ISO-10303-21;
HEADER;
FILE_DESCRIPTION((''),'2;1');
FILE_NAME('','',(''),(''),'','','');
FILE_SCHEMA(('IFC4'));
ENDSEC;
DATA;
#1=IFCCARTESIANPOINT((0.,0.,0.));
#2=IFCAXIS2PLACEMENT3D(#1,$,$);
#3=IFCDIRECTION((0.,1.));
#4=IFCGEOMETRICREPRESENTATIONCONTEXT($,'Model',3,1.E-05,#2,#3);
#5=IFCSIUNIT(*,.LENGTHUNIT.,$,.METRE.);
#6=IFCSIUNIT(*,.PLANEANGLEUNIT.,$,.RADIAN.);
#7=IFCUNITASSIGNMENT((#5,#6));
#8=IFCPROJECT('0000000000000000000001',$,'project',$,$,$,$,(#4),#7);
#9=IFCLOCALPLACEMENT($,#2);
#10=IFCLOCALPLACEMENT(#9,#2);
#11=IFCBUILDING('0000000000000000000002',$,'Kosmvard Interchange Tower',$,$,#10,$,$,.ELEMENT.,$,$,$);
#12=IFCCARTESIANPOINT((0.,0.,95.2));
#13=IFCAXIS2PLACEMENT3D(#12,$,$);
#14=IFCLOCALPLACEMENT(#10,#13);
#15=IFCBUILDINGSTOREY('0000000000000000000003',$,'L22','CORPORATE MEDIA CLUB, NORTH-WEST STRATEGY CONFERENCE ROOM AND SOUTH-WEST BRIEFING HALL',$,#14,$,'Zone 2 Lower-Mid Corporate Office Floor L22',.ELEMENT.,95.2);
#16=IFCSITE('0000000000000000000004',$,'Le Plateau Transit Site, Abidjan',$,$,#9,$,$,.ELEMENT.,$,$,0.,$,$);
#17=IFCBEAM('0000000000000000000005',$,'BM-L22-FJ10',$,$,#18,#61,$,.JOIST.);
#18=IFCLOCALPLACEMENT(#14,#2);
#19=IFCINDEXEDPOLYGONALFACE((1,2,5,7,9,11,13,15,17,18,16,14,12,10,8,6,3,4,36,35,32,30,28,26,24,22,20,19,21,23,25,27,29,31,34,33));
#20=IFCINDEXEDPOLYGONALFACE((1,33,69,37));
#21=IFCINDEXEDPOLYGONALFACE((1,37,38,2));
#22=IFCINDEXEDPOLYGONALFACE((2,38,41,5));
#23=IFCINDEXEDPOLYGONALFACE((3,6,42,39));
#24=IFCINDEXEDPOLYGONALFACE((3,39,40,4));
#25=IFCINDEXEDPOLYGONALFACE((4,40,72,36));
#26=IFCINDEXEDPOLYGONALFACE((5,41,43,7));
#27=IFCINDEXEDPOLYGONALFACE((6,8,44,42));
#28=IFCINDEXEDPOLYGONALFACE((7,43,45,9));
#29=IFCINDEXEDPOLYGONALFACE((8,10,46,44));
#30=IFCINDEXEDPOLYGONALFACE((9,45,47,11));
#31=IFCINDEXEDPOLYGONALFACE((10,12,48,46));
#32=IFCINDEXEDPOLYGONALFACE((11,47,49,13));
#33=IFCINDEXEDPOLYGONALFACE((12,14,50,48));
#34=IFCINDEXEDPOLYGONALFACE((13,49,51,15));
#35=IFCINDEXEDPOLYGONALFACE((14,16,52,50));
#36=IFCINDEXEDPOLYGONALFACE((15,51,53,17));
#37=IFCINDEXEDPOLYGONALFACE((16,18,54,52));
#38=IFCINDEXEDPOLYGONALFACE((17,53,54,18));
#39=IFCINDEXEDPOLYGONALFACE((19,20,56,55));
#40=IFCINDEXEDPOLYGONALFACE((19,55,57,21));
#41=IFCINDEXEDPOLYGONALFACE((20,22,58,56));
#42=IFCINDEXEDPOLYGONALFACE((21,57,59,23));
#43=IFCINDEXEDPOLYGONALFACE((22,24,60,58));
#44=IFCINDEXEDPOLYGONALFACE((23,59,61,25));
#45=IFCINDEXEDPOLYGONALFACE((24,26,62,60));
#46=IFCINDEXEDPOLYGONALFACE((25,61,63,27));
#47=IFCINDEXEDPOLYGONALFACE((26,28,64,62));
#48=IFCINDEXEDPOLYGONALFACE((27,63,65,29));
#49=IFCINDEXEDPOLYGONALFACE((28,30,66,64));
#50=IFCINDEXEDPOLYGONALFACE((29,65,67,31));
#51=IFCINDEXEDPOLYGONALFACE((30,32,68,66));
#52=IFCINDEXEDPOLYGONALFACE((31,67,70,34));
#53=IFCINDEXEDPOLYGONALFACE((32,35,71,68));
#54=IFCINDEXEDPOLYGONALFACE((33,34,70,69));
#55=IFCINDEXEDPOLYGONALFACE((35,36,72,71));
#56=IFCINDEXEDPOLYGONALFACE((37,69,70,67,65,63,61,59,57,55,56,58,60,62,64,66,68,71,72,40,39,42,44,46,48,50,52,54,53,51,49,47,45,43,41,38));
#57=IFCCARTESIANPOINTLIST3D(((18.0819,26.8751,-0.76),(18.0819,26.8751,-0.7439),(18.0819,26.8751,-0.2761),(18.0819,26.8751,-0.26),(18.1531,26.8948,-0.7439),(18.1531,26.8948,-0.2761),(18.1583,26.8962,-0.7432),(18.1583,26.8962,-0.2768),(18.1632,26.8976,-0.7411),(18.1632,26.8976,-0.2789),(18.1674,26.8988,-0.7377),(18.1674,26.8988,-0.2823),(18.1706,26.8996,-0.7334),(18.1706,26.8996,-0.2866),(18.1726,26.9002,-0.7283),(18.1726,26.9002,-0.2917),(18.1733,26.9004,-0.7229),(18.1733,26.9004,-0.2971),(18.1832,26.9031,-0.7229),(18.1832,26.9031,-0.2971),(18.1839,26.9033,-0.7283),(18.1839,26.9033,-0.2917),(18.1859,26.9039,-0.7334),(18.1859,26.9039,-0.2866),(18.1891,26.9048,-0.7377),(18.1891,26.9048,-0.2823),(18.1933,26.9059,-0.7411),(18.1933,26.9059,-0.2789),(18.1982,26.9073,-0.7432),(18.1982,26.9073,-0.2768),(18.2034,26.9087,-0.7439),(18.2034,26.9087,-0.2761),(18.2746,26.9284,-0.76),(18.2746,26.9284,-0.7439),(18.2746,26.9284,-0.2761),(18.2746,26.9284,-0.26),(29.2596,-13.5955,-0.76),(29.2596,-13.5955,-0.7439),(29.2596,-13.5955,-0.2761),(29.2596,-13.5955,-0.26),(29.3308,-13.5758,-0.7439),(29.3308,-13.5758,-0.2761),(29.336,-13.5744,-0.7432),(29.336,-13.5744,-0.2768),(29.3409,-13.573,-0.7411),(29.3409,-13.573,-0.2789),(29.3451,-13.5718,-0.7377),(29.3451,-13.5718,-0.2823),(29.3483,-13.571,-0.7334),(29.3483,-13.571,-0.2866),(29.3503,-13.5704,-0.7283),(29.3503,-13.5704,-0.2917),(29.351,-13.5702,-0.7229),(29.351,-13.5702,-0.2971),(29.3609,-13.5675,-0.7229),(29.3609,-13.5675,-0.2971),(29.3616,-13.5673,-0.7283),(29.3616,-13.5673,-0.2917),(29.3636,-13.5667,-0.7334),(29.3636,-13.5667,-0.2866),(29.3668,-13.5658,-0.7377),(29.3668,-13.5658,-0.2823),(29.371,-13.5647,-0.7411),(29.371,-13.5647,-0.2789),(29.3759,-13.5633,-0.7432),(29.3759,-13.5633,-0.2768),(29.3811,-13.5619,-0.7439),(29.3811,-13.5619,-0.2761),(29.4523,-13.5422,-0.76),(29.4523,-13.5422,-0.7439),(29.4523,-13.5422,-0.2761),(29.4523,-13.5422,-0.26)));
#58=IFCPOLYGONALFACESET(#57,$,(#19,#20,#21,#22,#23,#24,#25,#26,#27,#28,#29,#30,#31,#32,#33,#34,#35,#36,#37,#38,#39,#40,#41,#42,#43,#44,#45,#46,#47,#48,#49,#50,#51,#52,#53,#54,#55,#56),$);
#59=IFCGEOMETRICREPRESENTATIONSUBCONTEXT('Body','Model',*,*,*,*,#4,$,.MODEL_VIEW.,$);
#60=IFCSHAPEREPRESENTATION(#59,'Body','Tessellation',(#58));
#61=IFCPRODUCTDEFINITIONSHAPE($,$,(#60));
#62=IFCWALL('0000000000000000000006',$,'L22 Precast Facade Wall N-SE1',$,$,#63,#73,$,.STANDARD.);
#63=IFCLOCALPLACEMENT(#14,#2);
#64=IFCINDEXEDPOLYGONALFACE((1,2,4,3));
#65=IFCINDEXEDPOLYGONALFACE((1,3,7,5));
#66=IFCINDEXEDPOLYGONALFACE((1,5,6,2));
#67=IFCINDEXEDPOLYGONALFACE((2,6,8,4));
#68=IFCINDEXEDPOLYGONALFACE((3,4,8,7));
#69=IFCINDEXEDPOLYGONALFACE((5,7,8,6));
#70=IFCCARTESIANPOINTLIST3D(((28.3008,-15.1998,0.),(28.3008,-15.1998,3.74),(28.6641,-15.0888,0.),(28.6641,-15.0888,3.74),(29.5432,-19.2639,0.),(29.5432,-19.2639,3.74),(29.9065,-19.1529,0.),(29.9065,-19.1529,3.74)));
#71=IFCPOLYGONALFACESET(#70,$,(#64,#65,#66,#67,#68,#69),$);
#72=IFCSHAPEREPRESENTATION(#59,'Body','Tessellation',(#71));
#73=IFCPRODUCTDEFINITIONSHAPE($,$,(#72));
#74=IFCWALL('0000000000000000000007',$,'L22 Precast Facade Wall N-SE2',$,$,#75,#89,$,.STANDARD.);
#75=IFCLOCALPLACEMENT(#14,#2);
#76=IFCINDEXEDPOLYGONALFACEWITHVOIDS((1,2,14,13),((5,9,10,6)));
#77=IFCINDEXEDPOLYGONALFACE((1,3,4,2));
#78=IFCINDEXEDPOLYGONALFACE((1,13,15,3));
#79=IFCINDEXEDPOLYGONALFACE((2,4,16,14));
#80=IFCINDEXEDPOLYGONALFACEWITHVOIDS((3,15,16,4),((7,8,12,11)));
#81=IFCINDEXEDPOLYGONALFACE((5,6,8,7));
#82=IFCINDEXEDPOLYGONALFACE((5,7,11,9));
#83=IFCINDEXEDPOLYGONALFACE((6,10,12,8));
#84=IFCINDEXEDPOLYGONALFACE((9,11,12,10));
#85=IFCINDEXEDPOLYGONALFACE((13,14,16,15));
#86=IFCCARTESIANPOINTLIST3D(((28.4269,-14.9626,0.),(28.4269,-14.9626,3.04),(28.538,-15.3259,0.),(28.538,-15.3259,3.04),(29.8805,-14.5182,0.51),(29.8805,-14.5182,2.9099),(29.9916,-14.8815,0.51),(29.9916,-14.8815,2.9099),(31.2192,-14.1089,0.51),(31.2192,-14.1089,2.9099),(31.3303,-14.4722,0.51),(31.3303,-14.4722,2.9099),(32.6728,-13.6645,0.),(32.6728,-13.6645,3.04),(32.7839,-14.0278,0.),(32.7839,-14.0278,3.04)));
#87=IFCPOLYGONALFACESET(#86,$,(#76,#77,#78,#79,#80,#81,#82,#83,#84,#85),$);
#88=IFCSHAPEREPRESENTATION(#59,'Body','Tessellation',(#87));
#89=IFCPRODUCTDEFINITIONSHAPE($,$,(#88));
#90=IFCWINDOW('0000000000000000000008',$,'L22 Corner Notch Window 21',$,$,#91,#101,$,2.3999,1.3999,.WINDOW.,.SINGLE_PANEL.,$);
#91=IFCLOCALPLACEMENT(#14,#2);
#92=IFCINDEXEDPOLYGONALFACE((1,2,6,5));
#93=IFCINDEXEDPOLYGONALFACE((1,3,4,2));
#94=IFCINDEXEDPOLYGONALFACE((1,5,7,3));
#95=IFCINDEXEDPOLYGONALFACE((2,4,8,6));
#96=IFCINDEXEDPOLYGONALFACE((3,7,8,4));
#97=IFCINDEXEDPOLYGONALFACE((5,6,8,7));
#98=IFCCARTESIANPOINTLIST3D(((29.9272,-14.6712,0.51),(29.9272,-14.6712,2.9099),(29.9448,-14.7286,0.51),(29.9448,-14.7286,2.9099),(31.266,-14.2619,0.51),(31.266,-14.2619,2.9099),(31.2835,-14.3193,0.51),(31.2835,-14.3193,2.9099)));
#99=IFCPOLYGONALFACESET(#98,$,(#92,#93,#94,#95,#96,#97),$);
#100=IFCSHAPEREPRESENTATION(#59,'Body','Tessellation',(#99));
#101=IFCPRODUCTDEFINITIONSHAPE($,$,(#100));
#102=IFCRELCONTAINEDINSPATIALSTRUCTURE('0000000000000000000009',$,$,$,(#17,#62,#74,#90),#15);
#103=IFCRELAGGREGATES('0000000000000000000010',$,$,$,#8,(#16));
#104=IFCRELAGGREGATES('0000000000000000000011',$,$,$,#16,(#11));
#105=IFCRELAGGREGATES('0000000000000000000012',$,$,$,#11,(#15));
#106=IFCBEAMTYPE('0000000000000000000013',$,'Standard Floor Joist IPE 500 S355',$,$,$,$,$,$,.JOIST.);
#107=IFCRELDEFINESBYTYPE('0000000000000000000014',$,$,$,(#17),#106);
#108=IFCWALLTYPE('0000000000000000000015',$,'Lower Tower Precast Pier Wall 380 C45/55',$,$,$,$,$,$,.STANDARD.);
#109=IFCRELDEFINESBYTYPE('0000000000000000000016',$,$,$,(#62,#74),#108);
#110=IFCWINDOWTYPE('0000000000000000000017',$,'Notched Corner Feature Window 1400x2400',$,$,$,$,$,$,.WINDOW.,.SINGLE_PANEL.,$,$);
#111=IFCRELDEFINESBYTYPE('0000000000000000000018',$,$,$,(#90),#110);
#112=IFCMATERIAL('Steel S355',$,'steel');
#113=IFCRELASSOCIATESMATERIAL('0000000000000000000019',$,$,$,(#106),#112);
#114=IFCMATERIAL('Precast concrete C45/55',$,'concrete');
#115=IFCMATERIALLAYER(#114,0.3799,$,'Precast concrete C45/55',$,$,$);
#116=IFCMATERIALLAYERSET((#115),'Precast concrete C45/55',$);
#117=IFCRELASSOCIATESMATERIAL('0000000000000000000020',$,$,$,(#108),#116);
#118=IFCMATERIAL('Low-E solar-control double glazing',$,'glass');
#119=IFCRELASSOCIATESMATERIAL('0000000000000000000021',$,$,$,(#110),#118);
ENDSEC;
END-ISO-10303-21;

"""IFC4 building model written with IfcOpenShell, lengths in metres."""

from ifc_helpers import new_model, si_unit, direction, frame, frame_2d, origin, origin_2d, place, context, subcontext, project, spatial, rectangle, i_section, extrude, source, transform, mapped, material, layer, layer_set, material_profile, profile_set, type_object, element, fill, save


model = new_model("IFC4")

# Units and contexts
model_context = context("Model", 3, precision=1e-05, world=origin(), true_north=direction((0.0, 1.0)))
body_context = subcontext(model_context, "Body", "Model", "MODEL_VIEW")
ifc_project = project(units=[si_unit("LENGTHUNIT", "METRE"), si_unit("PLANEANGLEUNIT", "RADIAN")], contexts=[model_context])

# Site, building, storey
site_placement = place(None, origin())
site = spatial("IfcSite", under=ifc_project, at=site_placement, Name="Le Plateau Transit Site, Abidjan", CompositionType="ELEMENT", RefElevation=0.0)
building_placement = place(site_placement, origin())
building = spatial("IfcBuilding", under=site, at=building_placement, Name="Kosmvard Interchange Tower", CompositionType="ELEMENT")
storey_placement = place(building_placement, frame((0.0, 0.0, 95.2)))
storey = spatial("IfcBuildingStorey", under=building, at=storey_placement, Name="L22", Description="CORPORATE MEDIA CLUB, NORTH-WEST STRATEGY CONFERENCE ROOM AND SOUTH-WEST BRIEFING HALL", LongName="Zone 2 Lower-Mid Corporate Office Floor L22", CompositionType="ELEMENT", Elevation=95.2)

# Beam
ifc_material_1 = material(Name="Steel S355", Category="steel")
ifc_material_2 = material(Name="Precast concrete C45/55", Category="concrete")
ifc_material_profile_1 = material_profile(ifc_material_1, i_section(OverallWidth=0.2, OverallDepth=0.5, WebThickness=0.0103, FlangeThickness=0.0161, FilletRadius=0.021, at=origin_2d()), Name="IPE 500")
ifc_profile_set_1 = profile_set([ifc_material_profile_1], Name="Steel S355")
beam_type_1 = type_object("IfcBeamType", Name="Standard Floor Joist IPE 500 S355", PredefinedType="JOIST", material=ifc_profile_set_1)
shared_shape_1 = source(origin(), body_context, "Body", "SweptSolid", [
    extrude(i_section(OverallWidth=0.2, OverallDepth=0.5, WebThickness=0.0103, FlangeThickness=0.0161, FilletRadius=0.021, at=origin_2d()), origin(), (0.0, 0.0, 1.0), 41.9858),
])
beam_1_placement = place(storey_placement, frame((29.356, -13.5688, -0.51), z_axis=(-0.266226, 0.963911, 0.0), x_axis=(-0.963911, -0.266226, 0.0)))
element("IfcBeam", 1, at=beam_1_placement, inside=storey, type_object=beam_type_1, Name="BM-L22-FJ10", PredefinedType="JOIST", context=body_context, shape_type="MappedRepresentation", body=[
    mapped(shared_shape_1, transform((0.0, 0.0, 0.0), scale=1.0)),
])

# Wall
ifc_layer_1 = layer(ifc_material_2, 0.3799, Name="Precast concrete C45/55")
ifc_layer_set_1 = layer_set([ifc_layer_1], Name="Precast concrete C45/55")
wall_type = type_object("IfcWallType", Name="Lower Tower Precast Pier Wall 380 C45/55", PredefinedType="STANDARD", material=ifc_layer_set_1)
wall_1_placement = place(storey_placement, frame((29.7249, -19.2085, 0.0), z_axis=(0.0, 0.0, 1.0), x_axis=(-0.292346, 0.956313, 0.0)))
element("IfcWall", 2, at=wall_1_placement, inside=storey, type_object=wall_type, Name="L22 Precast Facade Wall N-SE1", PredefinedType="STANDARD", context=body_context, shape_type="SweptSolid", body=[
    extrude(rectangle(XDim=4.2498, YDim=0.3799, at=frame_2d((2.125, 0.0))), origin(), (0.0, 0.0, 1.0), 3.74),
])

# Wall, opening, window
wall_2_placement = place(storey_placement, frame((28.4824, -15.1443, 0.0), z_axis=(0.0, 0.0, 1.0), x_axis=(0.956304, 0.292374, 0.0)))
wall_2 = element("IfcWall", 3, at=wall_2_placement, inside=storey, type_object=wall_type, Name="L22 Precast Facade Wall N-SE2", PredefinedType="STANDARD", context=body_context, shape_type="SweptSolid", body=[
    extrude(rectangle(XDim=4.4399, YDim=0.3799, at=frame_2d((2.22, 0.0))), origin(), (0.0, 0.0, 1.0), 3.04),
])
opening_1_placement = place(wall_2_placement, frame((1.52, 0.0, 0.51)))
opening_1 = element("IfcOpeningElement", 4, at=opening_1_placement, cuts=wall_2, PredefinedType="OPENING", context=body_context, shape_type="SweptSolid", body=[
    extrude(rectangle(XDim=1.3999, YDim=2.3999, at=frame_2d((0.7, 1.2))), frame((0.0, 0.2, 0.0), z_axis=(0.0, -1.0, 0.0), x_axis=(1.0, 0.0, 0.0)), (0.0, 0.0, 1.0), 0.3999),
])
ifc_material_3 = material(Name="Low-E solar-control double glazing", Category="glass")
window_type_1 = type_object("IfcWindowType", Name="Notched Corner Feature Window 1400x2400", PartitioningType="SINGLE_PANEL", PredefinedType="WINDOW", material=ifc_material_3)
shared_shape_2 = source(origin(), body_context, "Body", "SweptSolid", [
    extrude(rectangle(XDim=1.3999, YDim=2.3999, at=frame_2d((0.7, 1.2))), frame((0.0, 0.03, 0.0), z_axis=(0.0, -1.0, 0.0), x_axis=(1.0, 0.0, 0.0)), (0.0, 0.0, 1.0), 0.0601),
])
window_1_placement = place(opening_1_placement, origin())
window_1 = element("IfcWindow", 5, at=window_1_placement, inside=storey, type_object=window_type_1, Name="L22 Corner Notch Window 21", OverallHeight=2.3999, OverallWidth=1.3999, PartitioningType="SINGLE_PANEL", PredefinedType="WINDOW", context=body_context, shape_type="MappedRepresentation", body=[
    mapped(shared_shape_2, transform((0.0, 0.0, 0.0), scale=1.0)),
])
fill(opening_1, window_1)

save(model, "model.ifc")
